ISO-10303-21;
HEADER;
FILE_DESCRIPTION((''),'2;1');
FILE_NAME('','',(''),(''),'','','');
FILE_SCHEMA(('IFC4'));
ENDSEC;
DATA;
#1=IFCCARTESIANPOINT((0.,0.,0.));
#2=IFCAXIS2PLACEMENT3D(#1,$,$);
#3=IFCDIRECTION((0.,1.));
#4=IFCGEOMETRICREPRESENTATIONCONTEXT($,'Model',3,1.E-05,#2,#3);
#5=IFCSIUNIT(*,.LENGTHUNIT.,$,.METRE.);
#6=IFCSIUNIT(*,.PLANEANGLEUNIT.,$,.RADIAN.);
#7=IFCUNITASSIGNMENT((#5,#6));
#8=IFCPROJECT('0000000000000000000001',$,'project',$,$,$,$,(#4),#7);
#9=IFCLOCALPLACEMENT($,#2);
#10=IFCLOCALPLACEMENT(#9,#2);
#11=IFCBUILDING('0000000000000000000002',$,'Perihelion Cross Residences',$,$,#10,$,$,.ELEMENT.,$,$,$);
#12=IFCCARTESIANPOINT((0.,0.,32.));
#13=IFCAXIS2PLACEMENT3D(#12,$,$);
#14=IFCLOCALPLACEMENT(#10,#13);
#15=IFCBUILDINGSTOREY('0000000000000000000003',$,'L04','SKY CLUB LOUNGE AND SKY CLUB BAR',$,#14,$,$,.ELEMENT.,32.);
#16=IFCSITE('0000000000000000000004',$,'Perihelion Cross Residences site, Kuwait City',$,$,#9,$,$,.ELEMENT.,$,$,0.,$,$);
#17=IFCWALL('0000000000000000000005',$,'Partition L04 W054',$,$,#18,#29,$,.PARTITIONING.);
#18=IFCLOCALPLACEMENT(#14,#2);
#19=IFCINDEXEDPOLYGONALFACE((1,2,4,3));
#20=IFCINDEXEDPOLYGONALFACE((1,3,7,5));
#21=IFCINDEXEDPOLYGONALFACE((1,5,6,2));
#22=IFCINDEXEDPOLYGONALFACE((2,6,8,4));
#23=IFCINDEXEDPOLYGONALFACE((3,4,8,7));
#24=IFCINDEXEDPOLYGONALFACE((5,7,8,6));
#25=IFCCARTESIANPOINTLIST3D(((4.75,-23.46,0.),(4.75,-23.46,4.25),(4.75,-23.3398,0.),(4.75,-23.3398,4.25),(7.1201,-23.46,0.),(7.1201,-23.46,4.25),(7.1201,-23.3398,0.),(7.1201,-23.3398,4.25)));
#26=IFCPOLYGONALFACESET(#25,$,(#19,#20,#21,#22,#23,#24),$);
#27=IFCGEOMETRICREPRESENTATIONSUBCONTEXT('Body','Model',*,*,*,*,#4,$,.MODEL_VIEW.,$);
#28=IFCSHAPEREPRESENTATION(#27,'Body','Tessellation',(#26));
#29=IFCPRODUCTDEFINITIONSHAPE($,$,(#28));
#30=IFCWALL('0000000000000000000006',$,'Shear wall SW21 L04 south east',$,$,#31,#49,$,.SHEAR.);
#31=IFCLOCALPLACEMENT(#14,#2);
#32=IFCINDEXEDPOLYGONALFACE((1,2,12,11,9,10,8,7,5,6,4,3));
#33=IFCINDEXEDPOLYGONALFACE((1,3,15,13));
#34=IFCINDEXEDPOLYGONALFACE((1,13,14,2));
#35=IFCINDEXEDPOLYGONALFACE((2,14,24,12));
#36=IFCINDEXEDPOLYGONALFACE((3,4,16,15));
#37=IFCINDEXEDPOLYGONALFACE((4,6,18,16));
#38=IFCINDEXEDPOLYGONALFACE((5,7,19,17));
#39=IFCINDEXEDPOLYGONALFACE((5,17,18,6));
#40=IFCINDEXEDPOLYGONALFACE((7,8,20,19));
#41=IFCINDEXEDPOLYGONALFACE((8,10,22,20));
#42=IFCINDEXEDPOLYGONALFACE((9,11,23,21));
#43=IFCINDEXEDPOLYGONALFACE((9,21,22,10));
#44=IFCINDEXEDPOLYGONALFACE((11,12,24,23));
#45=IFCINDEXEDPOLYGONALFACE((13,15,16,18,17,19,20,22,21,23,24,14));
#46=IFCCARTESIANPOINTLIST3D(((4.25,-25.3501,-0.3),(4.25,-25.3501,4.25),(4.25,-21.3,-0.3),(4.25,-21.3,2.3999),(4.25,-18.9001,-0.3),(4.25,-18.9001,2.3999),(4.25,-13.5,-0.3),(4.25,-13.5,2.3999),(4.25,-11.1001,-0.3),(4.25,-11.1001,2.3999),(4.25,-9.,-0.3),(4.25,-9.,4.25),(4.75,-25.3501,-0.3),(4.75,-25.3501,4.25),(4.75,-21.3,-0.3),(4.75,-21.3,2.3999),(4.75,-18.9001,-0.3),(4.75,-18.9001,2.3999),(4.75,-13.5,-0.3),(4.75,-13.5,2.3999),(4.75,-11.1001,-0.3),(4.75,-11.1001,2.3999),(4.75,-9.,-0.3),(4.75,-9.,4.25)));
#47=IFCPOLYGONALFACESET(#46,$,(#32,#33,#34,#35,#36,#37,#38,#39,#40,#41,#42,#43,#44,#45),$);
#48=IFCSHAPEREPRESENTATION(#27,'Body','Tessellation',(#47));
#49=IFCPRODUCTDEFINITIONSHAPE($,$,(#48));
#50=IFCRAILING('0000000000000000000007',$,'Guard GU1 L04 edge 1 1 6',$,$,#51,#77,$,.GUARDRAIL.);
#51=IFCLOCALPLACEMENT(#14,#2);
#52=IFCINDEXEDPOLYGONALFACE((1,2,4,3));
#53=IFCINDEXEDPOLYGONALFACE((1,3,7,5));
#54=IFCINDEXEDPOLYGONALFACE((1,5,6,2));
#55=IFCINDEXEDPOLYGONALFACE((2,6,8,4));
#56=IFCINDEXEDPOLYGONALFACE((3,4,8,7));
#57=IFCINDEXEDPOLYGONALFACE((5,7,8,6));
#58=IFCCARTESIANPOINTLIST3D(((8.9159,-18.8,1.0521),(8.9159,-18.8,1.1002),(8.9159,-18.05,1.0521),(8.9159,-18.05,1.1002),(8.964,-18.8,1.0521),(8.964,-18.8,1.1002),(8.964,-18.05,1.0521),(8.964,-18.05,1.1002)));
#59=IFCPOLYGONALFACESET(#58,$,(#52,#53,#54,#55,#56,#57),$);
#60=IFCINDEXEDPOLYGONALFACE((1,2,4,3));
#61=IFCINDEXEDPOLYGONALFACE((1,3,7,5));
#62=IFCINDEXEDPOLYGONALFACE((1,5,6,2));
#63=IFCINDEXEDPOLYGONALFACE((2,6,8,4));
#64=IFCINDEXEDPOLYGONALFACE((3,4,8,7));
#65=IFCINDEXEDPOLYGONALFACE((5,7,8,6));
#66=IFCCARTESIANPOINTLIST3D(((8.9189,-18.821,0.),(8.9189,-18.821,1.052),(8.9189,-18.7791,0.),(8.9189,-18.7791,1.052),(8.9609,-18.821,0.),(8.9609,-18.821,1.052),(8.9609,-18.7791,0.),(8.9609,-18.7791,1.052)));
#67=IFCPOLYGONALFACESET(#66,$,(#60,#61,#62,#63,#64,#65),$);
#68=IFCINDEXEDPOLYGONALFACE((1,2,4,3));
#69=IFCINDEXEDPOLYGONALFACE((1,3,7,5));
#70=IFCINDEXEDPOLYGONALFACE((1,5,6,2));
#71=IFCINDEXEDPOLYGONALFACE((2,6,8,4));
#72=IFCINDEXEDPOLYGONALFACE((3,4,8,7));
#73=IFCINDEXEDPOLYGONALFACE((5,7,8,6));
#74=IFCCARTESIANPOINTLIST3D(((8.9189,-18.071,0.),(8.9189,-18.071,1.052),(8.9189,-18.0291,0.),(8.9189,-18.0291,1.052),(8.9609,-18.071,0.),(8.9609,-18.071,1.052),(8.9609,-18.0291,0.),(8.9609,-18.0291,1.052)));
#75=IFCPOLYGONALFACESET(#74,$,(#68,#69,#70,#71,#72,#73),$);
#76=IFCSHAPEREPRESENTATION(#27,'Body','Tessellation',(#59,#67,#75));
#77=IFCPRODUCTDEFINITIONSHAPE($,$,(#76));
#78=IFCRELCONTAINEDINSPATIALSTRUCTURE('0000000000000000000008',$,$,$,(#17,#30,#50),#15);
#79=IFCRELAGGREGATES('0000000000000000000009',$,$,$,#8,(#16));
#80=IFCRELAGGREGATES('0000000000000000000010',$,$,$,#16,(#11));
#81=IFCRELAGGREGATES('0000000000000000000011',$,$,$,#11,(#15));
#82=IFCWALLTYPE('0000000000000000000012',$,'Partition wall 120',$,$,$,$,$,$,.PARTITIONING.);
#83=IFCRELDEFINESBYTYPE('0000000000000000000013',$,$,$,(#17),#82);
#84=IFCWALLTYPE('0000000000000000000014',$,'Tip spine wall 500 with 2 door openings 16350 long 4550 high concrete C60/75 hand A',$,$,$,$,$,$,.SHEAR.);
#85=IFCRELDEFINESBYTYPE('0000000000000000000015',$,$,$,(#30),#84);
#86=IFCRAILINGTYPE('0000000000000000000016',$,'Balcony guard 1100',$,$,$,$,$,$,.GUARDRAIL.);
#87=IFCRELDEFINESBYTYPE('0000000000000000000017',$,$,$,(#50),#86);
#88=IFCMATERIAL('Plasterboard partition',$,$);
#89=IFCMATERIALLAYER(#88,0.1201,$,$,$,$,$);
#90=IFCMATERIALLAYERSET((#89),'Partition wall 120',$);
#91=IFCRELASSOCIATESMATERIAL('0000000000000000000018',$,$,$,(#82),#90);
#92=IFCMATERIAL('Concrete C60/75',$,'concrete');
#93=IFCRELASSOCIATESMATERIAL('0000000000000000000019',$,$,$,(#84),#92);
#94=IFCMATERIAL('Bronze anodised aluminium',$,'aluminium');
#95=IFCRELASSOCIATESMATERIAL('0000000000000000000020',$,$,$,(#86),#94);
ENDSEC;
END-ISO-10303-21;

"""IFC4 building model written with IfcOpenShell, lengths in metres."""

from ifc_helpers import new_model, si_unit, direction, frame, frame_2d, origin, origin_2d, place, context, subcontext, project, spatial, polyline, rectangle, outline, extrude, material, layer, layer_set, material_profile, profile_set, type_object, element, save


model = new_model("IFC4")

# Units and contexts
model_context = context("Model", 3, precision=1e-05, world=origin(), true_north=direction((0.0, 1.0)))
body_context = subcontext(model_context, "Body", "Model", "MODEL_VIEW")
ifc_project = project(units=[si_unit("LENGTHUNIT", "METRE"), si_unit("PLANEANGLEUNIT", "RADIAN")], contexts=[model_context])

# Site, building, storey
site_placement = place(None, origin())
site = spatial("IfcSite", under=ifc_project, at=site_placement, Name="Perihelion Cross Residences site, Kuwait City", CompositionType="ELEMENT", RefElevation=0.0)
building_placement = place(site_placement, origin())
building = spatial("IfcBuilding", under=site, at=building_placement, Name="Perihelion Cross Residences", CompositionType="ELEMENT")
storey_placement = place(building_placement, frame((0.0, 0.0, 32.0)))
storey = spatial("IfcBuildingStorey", under=building, at=storey_placement, Name="L04", Description="SKY CLUB LOUNGE AND SKY CLUB BAR", CompositionType="ELEMENT", Elevation=32.0)

# Shared definitions
ifc_material_1 = material(Name="Plasterboard partition")
ifc_layer_1 = layer(ifc_material_1, 0.1201)
ifc_layer_set_1 = layer_set([ifc_layer_1], Name="Partition wall 120")
wall_type_1 = type_object("IfcWallType", Name="Partition wall 120", PredefinedType="PARTITIONING", material=ifc_layer_set_1)

# Walls
wall_1_placement = place(storey_placement, frame((7.1201, -23.3999, 0.0), z_axis=(0.0, 0.0, 1.0), x_axis=(-1.0, 0.0, 0.0)))
element("IfcWall", 1, at=wall_1_placement, inside=storey, type_object=wall_type_1, Name="Partition L04 W054", PredefinedType="PARTITIONING", context=body_context, shape_type="SweptSolid", body=[
    extrude(rectangle(XDim=2.3701, YDim=0.1201, at=frame_2d((1.1851, 0.0))), origin(), (0.0, 0.0, 1.0), 4.25),
])
ifc_material_2 = material(Name="Concrete C60/75", Category="concrete")
ifc_material_profile_1 = material_profile(ifc_material_2, outline(polyline([(0.0, 0.0), (4.05, 0.0), (4.05, 2.7), (6.45, 2.7), (6.45, 0.0), (11.8501, 0.0), (11.8501, 2.7), (14.25, 2.7), (14.25, 0.0), (16.3501, 0.0), (16.3501, 4.55), (0.0, 4.55), (0.0, 0.0)])), Name="Tip spine wall")
ifc_profile_set_1 = profile_set([ifc_material_profile_1], Name="Concrete C60/75")
wall_type_2 = type_object("IfcWallType", Name="Tip spine wall 500 with 2 door openings 16350 long 4550 high concrete C60/75 hand A", PredefinedType="SHEAR", material=ifc_profile_set_1)
wall_2_placement = place(storey_placement, frame((4.25, -25.3501, -0.3), z_axis=(1.0, 0.0, 0.0), x_axis=(0.0, 1.0, 0.0)))
element("IfcWall", 2, at=wall_2_placement, inside=storey, type_object=wall_type_2, Name="Shear wall SW21 L04 south east", PredefinedType="SHEAR", context=body_context, shape_type="SweptSolid", body=[
    extrude(outline(polyline([(0.0, 0.0), (4.05, 0.0), (4.05, 2.7), (6.45, 2.7), (6.45, 0.0), (11.8501, 0.0), (11.8501, 2.7), (14.25, 2.7), (14.25, 0.0), (16.3501, 0.0), (16.3501, 4.55), (0.0, 4.55), (0.0, 0.0)])), origin(), (0.0, 0.0, 1.0), 0.5),
])

# Railing
ifc_material_3 = material(Name="Bronze anodised aluminium", Category="aluminium")
railing_type = type_object("IfcRailingType", Name="Balcony guard 1100", PredefinedType="GUARDRAIL", material=ifc_material_3)
railing_placement = place(storey_placement, frame((8.9399, -18.8, 0.0)))
element("IfcRailing", 3, at=railing_placement, inside=storey, type_object=railing_type, Name="Guard GU1 L04 edge 1 1 6", PredefinedType="GUARDRAIL", context=body_context, shape_type="SweptSolid", body=[
    extrude(rectangle(XDim=0.0481, YDim=0.0481, at=origin_2d()), frame((0.0, 0.0, 1.0762), z_axis=(0.0, 1.0, 0.0), x_axis=(-1.0, 0.0, 0.0)), (0.0, 0.0, 1.0), 0.75),
    extrude(rectangle(XDim=0.042, YDim=0.042, at=origin_2d()), origin(), (0.0, 0.0, 1.0), 1.052),
    extrude(rectangle(XDim=0.042, YDim=0.042, at=origin_2d()), frame((0.0, 0.75, 0.0)), (0.0, 0.0, 1.0), 1.052),
])

save(model, "model.ifc")
